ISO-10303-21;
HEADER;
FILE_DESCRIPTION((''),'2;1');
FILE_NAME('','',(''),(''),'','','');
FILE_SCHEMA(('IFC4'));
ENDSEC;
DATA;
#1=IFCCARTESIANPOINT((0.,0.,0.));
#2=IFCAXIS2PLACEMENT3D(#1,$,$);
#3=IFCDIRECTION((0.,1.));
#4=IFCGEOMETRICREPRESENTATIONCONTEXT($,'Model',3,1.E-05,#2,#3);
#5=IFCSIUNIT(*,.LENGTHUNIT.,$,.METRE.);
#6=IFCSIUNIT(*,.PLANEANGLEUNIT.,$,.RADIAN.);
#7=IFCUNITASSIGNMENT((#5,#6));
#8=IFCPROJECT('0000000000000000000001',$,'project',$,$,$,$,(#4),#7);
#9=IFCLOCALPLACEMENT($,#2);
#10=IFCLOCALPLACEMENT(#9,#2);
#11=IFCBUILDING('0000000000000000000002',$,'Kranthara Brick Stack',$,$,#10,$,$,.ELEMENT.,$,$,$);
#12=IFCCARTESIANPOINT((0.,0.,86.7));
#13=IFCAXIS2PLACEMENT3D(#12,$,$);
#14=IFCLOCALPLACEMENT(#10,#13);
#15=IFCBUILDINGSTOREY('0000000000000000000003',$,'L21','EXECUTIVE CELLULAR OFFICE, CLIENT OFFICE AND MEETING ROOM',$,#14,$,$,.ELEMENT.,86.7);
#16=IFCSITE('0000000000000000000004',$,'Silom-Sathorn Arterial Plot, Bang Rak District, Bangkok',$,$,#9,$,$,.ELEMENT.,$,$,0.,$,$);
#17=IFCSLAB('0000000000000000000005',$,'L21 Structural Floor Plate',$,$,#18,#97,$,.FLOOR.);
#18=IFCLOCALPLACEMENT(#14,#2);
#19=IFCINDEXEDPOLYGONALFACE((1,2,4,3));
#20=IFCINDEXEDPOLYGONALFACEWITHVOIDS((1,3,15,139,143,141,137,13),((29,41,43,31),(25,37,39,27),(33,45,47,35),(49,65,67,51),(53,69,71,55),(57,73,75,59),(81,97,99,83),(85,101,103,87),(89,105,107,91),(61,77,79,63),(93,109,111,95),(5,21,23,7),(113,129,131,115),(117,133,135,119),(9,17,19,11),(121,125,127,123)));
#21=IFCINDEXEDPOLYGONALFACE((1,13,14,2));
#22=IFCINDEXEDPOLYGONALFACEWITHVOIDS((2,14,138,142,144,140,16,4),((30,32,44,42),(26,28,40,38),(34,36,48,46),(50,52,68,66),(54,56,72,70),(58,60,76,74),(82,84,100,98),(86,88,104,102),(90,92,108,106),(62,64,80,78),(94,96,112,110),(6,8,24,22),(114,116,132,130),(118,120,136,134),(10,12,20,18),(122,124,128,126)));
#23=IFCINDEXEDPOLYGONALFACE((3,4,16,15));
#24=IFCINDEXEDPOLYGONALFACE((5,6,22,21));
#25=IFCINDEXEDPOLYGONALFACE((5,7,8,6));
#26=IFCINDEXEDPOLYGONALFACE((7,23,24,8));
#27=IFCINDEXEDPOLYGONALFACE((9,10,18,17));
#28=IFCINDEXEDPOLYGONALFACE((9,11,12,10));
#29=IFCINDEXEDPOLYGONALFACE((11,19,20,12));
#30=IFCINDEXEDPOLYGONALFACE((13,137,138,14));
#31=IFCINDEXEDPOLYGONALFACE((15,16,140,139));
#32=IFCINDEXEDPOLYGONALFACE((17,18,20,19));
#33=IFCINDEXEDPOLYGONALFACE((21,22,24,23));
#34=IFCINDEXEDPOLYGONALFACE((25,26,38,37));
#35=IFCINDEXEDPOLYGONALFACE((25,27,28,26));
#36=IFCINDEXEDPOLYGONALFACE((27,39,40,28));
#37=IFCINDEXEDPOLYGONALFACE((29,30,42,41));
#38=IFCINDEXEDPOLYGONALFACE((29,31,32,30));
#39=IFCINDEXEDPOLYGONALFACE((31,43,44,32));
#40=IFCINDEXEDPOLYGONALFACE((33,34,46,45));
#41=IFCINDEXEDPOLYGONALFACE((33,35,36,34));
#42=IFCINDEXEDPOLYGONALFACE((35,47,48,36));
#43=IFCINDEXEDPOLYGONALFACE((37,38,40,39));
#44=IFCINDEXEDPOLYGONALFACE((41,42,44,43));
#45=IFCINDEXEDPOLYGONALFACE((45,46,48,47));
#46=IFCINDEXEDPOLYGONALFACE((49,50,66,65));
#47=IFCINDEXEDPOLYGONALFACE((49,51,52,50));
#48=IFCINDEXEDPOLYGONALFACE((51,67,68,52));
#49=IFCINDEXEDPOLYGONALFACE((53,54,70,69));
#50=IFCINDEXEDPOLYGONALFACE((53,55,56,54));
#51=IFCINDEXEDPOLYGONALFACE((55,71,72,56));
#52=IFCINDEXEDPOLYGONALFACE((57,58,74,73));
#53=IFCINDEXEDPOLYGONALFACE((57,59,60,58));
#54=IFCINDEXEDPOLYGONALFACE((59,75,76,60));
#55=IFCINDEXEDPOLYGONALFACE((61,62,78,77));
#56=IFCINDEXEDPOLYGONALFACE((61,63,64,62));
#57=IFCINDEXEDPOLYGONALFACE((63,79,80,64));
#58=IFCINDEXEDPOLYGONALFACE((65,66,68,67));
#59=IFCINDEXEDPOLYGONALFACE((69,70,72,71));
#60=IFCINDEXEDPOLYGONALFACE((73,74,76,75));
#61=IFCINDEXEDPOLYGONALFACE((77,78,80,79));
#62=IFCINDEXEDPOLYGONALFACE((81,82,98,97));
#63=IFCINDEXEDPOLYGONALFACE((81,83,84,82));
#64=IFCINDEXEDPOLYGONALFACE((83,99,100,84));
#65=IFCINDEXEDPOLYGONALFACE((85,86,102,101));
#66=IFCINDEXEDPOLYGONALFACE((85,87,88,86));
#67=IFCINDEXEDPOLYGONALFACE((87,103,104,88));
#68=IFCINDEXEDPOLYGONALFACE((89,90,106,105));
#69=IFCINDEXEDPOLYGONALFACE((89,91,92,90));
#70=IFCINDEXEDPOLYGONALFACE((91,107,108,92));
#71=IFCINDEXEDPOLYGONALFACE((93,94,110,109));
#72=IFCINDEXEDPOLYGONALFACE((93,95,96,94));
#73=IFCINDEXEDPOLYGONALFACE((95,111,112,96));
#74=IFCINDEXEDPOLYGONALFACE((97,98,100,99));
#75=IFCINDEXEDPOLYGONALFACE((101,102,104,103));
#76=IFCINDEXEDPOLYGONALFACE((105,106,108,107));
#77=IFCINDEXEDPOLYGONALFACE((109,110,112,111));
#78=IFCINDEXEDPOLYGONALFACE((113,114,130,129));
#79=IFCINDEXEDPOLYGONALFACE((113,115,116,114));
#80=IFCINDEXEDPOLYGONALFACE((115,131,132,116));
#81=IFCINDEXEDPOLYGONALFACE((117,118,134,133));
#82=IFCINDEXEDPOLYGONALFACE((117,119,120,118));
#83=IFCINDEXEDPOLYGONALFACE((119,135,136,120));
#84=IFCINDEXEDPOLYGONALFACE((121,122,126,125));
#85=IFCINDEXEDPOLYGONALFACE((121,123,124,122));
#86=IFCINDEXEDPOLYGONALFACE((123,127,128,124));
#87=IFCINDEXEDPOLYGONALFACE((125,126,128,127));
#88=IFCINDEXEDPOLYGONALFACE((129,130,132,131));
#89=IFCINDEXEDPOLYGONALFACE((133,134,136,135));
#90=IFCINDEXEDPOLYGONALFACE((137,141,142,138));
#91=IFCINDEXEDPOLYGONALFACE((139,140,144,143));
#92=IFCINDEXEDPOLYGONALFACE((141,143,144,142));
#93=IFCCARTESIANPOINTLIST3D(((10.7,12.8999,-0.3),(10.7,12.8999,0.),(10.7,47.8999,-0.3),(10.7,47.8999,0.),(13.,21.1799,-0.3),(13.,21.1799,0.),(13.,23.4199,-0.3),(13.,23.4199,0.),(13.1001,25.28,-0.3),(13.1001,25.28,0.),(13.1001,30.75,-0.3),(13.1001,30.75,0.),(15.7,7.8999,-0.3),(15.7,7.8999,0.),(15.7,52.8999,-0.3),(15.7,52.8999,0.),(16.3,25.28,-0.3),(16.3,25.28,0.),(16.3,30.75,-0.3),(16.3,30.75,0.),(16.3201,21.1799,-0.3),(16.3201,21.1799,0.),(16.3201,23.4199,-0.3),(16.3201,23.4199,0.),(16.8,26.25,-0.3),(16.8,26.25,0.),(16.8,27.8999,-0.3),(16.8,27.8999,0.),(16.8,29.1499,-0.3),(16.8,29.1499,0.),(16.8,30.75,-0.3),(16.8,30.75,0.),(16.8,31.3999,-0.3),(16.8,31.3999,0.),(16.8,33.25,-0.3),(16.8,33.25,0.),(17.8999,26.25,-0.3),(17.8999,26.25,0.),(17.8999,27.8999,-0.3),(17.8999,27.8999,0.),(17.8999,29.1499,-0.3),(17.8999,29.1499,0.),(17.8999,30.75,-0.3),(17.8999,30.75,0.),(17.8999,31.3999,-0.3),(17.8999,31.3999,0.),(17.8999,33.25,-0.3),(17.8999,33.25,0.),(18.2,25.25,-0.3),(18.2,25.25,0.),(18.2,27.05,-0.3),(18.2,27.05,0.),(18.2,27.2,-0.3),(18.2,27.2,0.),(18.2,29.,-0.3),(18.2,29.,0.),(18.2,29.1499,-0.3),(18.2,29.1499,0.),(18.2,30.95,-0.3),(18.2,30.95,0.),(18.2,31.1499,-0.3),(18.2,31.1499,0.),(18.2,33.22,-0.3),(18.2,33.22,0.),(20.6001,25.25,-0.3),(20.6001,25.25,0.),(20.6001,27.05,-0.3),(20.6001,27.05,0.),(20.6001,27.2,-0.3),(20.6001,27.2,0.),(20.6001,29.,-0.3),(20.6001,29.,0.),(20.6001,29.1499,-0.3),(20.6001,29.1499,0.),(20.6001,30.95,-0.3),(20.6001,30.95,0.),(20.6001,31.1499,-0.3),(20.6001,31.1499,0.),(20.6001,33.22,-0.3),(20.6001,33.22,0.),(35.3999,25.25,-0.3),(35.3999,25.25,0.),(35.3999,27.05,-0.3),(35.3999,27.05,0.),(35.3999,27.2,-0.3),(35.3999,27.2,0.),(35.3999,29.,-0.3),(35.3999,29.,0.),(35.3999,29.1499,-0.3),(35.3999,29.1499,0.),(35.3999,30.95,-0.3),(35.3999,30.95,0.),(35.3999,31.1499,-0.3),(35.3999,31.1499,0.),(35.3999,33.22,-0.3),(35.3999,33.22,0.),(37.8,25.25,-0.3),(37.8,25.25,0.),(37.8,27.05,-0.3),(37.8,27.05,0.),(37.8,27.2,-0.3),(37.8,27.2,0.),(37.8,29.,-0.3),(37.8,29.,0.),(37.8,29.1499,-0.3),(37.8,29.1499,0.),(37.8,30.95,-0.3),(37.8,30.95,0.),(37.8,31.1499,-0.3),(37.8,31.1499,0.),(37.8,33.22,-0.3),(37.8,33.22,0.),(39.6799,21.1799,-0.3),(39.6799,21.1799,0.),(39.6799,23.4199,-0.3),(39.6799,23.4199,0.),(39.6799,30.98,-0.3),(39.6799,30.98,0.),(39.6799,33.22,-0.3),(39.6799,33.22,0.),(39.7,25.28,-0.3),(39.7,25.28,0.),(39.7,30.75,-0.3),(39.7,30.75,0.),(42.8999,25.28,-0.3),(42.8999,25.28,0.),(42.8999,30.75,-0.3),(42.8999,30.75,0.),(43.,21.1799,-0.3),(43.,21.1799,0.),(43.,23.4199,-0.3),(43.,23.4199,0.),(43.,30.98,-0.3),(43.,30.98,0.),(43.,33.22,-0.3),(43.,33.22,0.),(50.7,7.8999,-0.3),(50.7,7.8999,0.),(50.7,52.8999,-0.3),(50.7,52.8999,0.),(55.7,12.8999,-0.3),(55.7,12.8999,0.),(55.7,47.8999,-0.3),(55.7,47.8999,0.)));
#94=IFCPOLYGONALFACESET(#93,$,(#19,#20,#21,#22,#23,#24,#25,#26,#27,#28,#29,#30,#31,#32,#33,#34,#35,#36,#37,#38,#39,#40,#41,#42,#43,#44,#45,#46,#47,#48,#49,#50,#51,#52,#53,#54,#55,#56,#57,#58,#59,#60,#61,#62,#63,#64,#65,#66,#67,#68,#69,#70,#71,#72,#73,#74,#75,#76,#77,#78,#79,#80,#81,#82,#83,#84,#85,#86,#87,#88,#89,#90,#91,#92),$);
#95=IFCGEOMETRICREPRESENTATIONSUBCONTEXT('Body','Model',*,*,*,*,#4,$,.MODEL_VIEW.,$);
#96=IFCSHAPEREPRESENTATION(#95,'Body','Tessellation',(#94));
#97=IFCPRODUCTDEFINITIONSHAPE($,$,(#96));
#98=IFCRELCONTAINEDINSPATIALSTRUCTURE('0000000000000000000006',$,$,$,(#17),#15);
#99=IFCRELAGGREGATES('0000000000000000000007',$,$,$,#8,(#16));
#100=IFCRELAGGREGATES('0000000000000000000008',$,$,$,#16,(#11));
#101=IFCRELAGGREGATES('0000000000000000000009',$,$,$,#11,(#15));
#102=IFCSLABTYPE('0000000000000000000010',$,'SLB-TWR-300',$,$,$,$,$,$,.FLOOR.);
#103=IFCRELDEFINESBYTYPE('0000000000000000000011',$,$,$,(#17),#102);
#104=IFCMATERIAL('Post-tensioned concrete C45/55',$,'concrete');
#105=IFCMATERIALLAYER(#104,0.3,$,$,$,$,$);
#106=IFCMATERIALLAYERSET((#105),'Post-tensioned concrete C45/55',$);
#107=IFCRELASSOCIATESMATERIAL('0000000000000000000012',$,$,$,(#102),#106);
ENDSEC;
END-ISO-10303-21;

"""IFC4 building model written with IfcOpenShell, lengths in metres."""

from ifc_helpers import new_model, si_unit, direction, frame, origin, place, context, subcontext, project, spatial, polyline, outline, extrude, material, layer, layer_set, type_object, element, save


model = new_model("IFC4")

# Units and contexts
model_context = context("Model", 3, precision=1e-05, world=origin(), true_north=direction((0.0, 1.0)))
body_context = subcontext(model_context, "Body", "Model", "MODEL_VIEW")
ifc_project = project(units=[si_unit("LENGTHUNIT", "METRE"), si_unit("PLANEANGLEUNIT", "RADIAN")], contexts=[model_context])

# Site, building, storey
site_placement = place(None, origin())
site = spatial("IfcSite", under=ifc_project, at=site_placement, Name="Silom-Sathorn Arterial Plot, Bang Rak District, Bangkok", CompositionType="ELEMENT", RefElevation=0.0)
building_placement = place(site_placement, origin())
building = spatial("IfcBuilding", under=site, at=building_placement, Name="Kranthara Brick Stack", CompositionType="ELEMENT")
storey_placement = place(building_placement, frame((0.0, 0.0, 86.7)))
storey = spatial("IfcBuildingStorey", under=building, at=storey_placement, Name="L21", Description="EXECUTIVE CELLULAR OFFICE, CLIENT OFFICE AND MEETING ROOM", CompositionType="ELEMENT", Elevation=86.7)

# Slab
ifc_material_1 = material(Name="Post-tensioned concrete C45/55", Category="concrete")
ifc_layer_1 = layer(ifc_material_1, 0.3)
ifc_layer_set_1 = layer_set([ifc_layer_1], Name="Post-tensioned concrete C45/55")
slab_type_1 = type_object("IfcSlabType", Name="SLB-TWR-300", PredefinedType="FLOOR", material=ifc_layer_set_1)
slab_1_placement = place(storey_placement, frame((0.0, 0.0, -0.3)))
element("IfcSlab", 1, at=slab_1_placement, inside=storey, type_object=slab_type_1, Name="L21 Structural Floor Plate", PredefinedType="FLOOR", context=body_context, shape_type="SweptSolid", body=[
    extrude(outline(polyline([(15.7, 7.8999), (50.7, 7.8999), (55.7, 12.8999), (55.7, 47.8999), (50.7, 52.8999), (15.7, 52.8999), (10.7, 47.8999), (10.7, 12.8999), (15.7, 7.8999)]), holes=[polyline([(13.1001, 25.28), (16.3, 25.28), (16.3, 30.75), (13.1001, 30.75), (13.1001, 25.28)]), polyline([(39.7, 25.28), (42.8999, 25.28), (42.8999, 30.75), (39.7, 30.75), (39.7, 25.28)]), polyline([(13.0, 21.1799), (16.3201, 21.1799), (16.3201, 23.4199), (13.0, 23.4199), (13.0, 21.1799)]), polyline([(39.6799, 21.1799), (43.0, 21.1799), (43.0, 23.4199), (39.6799, 23.4199), (39.6799, 21.1799)]), polyline([(39.6799, 30.98), (43.0, 30.98), (43.0, 33.22), (39.6799, 33.22), (39.6799, 30.98)]), polyline([(18.2, 25.25), (20.6001, 25.25), (20.6001, 27.05), (18.2, 27.05), (18.2, 25.25)]), polyline([(18.2, 27.2), (20.6001, 27.2), (20.6001, 29.0), (18.2, 29.0), (18.2, 27.2)]), polyline([(18.2, 29.1499), (20.6001, 29.1499), (20.6001, 30.95), (18.2, 30.95), (18.2, 29.1499)]), polyline([(35.3999, 25.25), (37.8, 25.25), (37.8, 27.05), (35.3999, 27.05), (35.3999, 25.25)]), polyline([(35.3999, 27.2), (37.8, 27.2), (37.8, 29.0), (35.3999, 29.0), (35.3999, 27.2)]), polyline([(35.3999, 29.1499), (37.8, 29.1499), (37.8, 30.95), (35.3999, 30.95), (35.3999, 29.1499)]), polyline([(18.2, 31.1499), (20.6001, 31.1499), (20.6001, 33.22), (18.2, 33.22), (18.2, 31.1499)]), polyline([(35.3999, 31.1499), (37.8, 31.1499), (37.8, 33.22), (35.3999, 33.22), (35.3999, 31.1499)]), polyline([(16.8, 26.25), (17.8999, 26.25), (17.8999, 27.8999), (16.8, 27.8999), (16.8, 26.25)]), polyline([(16.8, 29.1499), (17.8999, 29.1499), (17.8999, 30.75), (16.8, 30.75), (16.8, 29.1499)]), polyline([(16.8, 31.3999), (17.8999, 31.3999), (17.8999, 33.25), (16.8, 33.25), (16.8, 31.3999)])]), origin(), (0.0, 0.0, 1.0), 0.3),
])

save(model, "model.ifc")
